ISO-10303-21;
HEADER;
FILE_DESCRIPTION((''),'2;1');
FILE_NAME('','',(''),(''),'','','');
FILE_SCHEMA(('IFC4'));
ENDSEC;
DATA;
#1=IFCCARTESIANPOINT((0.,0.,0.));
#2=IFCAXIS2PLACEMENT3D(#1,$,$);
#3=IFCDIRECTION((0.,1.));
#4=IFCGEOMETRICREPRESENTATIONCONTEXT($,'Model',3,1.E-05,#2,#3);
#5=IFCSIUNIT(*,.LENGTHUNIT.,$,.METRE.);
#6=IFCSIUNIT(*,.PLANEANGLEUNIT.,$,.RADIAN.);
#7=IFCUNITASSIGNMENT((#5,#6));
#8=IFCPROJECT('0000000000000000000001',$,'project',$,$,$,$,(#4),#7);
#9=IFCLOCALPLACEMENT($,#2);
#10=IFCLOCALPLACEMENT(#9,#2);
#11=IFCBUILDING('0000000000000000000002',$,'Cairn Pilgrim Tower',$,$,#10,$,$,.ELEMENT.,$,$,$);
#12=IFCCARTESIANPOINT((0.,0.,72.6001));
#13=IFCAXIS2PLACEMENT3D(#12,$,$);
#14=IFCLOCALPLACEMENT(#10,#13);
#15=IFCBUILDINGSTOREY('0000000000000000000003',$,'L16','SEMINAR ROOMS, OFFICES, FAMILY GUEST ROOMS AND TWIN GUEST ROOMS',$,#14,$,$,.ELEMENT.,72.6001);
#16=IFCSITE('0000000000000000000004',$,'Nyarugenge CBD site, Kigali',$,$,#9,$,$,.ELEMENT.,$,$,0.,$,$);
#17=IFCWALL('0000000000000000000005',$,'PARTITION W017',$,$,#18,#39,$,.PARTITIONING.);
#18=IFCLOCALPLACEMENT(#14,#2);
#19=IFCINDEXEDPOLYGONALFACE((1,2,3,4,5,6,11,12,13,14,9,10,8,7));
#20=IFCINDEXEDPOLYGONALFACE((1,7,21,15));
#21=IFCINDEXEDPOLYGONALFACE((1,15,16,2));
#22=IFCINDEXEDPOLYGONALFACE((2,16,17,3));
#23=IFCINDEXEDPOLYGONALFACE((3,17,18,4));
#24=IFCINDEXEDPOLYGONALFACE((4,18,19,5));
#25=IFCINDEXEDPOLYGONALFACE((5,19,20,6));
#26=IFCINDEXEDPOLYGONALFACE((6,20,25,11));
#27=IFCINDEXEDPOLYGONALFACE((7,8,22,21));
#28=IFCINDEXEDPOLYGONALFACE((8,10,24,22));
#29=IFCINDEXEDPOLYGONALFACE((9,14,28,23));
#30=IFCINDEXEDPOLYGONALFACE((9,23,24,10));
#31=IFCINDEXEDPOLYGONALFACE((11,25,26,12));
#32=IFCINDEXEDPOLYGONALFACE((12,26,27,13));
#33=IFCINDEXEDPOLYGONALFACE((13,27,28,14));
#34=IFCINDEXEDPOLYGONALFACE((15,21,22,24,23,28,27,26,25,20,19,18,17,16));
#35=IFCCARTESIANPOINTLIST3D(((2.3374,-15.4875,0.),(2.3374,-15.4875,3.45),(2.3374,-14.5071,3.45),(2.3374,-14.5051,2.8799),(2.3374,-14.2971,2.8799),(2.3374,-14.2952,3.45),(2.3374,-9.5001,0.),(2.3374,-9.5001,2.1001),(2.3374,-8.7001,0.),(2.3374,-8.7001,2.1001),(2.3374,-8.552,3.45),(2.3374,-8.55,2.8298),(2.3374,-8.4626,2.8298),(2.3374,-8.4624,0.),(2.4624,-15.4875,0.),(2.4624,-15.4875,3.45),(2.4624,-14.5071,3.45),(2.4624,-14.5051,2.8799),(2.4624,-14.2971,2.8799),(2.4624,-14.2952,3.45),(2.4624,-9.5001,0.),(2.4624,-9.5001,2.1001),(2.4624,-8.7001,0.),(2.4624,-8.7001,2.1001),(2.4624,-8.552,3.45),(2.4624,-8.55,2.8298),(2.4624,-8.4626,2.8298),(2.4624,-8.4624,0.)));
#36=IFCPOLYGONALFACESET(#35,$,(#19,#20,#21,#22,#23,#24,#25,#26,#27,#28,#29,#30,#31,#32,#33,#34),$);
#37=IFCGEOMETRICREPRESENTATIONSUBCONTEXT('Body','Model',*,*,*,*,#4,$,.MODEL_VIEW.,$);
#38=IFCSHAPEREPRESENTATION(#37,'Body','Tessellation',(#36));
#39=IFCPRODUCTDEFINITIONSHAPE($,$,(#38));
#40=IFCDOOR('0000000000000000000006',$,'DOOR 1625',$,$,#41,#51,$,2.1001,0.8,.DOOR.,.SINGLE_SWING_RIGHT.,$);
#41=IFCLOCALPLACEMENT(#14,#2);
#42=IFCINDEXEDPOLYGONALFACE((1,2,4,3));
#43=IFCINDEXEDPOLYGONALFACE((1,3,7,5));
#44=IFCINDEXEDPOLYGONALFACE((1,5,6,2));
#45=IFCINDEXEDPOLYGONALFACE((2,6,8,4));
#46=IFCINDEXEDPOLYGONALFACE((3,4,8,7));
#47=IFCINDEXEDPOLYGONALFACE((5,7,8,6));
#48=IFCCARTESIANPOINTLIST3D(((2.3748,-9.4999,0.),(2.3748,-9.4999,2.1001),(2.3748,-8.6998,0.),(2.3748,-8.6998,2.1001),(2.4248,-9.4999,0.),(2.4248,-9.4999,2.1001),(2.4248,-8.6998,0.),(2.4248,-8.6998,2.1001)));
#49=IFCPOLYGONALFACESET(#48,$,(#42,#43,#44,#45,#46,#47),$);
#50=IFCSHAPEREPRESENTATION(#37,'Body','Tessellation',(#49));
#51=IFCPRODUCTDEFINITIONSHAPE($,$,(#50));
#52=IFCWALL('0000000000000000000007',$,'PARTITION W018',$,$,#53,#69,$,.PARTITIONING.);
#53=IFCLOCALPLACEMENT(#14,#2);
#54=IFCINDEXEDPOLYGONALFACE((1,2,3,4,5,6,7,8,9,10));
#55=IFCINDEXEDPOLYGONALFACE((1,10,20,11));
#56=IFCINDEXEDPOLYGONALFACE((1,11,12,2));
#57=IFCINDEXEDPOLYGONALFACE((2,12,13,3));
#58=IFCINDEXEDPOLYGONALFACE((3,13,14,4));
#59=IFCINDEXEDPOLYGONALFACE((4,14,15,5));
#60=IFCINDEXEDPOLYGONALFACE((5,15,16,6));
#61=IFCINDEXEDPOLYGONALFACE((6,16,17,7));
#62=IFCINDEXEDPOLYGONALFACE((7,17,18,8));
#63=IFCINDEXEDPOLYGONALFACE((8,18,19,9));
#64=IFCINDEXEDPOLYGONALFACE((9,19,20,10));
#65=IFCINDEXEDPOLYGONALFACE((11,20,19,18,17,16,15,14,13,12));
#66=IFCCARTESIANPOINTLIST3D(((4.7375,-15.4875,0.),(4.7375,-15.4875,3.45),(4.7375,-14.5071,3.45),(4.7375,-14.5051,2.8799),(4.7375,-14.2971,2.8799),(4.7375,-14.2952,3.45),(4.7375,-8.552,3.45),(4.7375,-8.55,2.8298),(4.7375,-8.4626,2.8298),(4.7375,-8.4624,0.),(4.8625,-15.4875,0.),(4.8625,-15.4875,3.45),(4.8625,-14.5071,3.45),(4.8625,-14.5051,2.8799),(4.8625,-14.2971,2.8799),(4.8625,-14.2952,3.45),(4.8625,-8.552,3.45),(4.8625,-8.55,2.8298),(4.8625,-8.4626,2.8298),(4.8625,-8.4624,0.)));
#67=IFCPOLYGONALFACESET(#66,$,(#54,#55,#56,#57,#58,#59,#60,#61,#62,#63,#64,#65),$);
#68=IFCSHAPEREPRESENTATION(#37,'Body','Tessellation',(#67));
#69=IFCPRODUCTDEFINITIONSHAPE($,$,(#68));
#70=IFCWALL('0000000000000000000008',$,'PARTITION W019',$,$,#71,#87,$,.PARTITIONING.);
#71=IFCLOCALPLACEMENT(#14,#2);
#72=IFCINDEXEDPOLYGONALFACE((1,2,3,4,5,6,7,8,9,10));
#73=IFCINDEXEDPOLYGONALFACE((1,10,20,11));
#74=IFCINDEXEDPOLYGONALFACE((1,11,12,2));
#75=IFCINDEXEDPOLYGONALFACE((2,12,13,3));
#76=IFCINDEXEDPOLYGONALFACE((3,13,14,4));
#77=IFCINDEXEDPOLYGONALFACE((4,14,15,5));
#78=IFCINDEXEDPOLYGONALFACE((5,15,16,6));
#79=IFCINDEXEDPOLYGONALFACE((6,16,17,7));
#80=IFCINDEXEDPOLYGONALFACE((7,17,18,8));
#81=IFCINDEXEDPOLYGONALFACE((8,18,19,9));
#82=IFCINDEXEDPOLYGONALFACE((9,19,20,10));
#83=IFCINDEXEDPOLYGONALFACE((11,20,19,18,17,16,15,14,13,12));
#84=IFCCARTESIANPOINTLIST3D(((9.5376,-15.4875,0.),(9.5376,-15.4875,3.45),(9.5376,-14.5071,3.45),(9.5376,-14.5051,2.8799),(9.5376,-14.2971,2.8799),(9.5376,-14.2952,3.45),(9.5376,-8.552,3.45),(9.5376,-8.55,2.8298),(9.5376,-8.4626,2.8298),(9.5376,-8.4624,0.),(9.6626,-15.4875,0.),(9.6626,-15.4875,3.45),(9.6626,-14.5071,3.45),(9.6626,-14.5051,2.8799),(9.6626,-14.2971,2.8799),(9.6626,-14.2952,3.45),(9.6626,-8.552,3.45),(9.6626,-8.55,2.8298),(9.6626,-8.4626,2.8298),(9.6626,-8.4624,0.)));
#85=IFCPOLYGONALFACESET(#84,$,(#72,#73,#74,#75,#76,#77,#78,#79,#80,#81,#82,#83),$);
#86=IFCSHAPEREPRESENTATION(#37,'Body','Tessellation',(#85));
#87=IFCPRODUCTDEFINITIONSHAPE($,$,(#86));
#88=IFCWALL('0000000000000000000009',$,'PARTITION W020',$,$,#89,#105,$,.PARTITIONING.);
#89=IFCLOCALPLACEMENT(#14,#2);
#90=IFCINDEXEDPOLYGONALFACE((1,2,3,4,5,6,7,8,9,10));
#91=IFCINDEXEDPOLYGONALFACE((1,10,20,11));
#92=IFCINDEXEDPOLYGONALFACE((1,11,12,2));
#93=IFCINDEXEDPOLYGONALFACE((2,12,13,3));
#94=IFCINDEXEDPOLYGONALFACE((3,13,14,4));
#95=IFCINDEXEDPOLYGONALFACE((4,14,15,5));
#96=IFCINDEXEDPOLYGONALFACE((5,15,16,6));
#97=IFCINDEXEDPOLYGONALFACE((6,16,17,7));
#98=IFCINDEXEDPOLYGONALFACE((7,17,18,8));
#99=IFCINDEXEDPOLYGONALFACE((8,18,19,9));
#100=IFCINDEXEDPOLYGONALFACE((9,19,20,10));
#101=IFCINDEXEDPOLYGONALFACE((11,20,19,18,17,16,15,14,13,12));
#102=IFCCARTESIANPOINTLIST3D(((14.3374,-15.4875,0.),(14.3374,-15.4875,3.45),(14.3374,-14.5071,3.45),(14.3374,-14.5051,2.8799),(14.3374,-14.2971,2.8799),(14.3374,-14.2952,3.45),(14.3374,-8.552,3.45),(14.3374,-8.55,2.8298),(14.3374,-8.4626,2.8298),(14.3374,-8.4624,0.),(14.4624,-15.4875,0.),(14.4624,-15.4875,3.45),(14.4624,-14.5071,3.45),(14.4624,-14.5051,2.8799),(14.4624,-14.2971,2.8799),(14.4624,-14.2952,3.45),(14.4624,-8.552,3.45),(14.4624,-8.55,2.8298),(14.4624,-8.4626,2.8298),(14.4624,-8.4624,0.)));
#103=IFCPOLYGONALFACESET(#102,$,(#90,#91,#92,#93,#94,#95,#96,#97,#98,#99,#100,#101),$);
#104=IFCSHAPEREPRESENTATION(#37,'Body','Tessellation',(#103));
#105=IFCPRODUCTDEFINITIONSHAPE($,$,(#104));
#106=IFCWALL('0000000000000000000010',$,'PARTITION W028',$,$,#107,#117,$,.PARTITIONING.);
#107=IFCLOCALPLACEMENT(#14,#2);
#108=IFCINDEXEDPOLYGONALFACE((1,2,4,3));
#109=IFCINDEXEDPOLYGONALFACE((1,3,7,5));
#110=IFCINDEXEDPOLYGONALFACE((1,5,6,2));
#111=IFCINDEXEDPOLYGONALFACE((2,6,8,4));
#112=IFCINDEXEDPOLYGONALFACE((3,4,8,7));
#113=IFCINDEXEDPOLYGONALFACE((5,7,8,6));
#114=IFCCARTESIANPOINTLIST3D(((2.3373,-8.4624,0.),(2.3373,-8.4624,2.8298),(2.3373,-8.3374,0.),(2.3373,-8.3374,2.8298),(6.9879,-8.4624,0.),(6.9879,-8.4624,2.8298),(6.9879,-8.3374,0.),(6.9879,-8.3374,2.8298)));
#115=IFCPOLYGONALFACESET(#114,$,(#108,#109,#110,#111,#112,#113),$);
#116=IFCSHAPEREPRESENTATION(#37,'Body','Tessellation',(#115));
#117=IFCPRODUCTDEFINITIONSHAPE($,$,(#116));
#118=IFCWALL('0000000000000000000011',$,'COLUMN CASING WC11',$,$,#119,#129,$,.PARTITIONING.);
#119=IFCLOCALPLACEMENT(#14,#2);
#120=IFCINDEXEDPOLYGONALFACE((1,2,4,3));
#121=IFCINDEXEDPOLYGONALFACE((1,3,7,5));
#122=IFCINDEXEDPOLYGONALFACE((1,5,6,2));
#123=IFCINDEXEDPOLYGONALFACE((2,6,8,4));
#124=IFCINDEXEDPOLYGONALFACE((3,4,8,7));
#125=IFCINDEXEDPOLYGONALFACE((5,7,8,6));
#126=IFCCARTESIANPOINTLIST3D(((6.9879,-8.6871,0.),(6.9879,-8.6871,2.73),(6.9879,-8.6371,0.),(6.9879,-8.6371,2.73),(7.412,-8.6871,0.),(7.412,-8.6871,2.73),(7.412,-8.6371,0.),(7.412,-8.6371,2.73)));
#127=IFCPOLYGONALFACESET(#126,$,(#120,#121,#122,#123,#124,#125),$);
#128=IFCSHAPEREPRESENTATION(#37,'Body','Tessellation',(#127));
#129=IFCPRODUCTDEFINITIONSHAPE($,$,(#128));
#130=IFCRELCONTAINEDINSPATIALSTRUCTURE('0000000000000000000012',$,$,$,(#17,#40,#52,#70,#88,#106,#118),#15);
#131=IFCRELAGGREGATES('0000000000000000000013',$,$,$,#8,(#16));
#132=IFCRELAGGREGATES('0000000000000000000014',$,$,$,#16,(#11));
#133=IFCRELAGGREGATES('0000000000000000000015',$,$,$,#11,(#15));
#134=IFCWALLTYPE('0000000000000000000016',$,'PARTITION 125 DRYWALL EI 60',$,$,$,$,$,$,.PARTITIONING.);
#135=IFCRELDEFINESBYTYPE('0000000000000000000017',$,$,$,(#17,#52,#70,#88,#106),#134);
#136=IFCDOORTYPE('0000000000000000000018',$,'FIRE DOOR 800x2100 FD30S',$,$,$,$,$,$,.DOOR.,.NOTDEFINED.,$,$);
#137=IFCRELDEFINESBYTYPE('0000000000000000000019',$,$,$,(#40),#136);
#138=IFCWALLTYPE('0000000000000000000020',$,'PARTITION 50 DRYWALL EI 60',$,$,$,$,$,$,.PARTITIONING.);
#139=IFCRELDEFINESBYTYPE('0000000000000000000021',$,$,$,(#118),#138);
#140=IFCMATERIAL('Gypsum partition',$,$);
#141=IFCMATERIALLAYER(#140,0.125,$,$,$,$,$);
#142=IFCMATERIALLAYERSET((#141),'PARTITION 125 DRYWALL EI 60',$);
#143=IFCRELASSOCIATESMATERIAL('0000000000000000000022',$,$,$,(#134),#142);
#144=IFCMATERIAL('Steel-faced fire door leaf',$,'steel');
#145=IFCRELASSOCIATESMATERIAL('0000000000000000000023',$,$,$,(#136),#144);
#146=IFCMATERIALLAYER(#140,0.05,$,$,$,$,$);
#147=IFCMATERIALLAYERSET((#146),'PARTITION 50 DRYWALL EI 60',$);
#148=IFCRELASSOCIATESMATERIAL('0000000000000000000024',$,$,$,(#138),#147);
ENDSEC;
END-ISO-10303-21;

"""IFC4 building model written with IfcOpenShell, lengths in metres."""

from ifc_helpers import new_model, si_unit, direction, frame, frame_2d, origin, place, context, subcontext, project, spatial, polyline, rectangle, outline, extrude, material, layer, layer_set, type_object, element, fill, save


model = new_model("IFC4")

# Units and contexts
model_context = context("Model", 3, precision=1e-05, world=origin(), true_north=direction((0.0, 1.0)))
body_context = subcontext(model_context, "Body", "Model", "MODEL_VIEW")
ifc_project = project(units=[si_unit("LENGTHUNIT", "METRE"), si_unit("PLANEANGLEUNIT", "RADIAN")], contexts=[model_context])

# Site, building, storey
site_placement = place(None, origin())
site = spatial("IfcSite", under=ifc_project, at=site_placement, Name="Nyarugenge CBD site, Kigali", CompositionType="ELEMENT", RefElevation=0.0)
building_placement = place(site_placement, origin())
building = spatial("IfcBuilding", under=site, at=building_placement, Name="Cairn Pilgrim Tower", CompositionType="ELEMENT")
storey_placement = place(building_placement, frame((0.0, 0.0, 72.6001)))
storey = spatial("IfcBuildingStorey", under=building, at=storey_placement, Name="L16", Description="SEMINAR ROOMS, OFFICES, FAMILY GUEST ROOMS AND TWIN GUEST ROOMS", CompositionType="ELEMENT", Elevation=72.6001)

# Shared definitions
ifc_material_1 = material(Name="Gypsum partition")
ifc_layer_1 = layer(ifc_material_1, 0.125)
ifc_layer_set_1 = layer_set([ifc_layer_1], Name="PARTITION 125 DRYWALL EI 60")
wall_type_1 = type_object("IfcWallType", Name="PARTITION 125 DRYWALL EI 60", PredefinedType="PARTITIONING", material=ifc_layer_set_1)

# Wall, opening, door
ifc_material_2 = material(Name="Steel-faced fire door leaf", Category="steel")
door_type_1 = type_object("IfcDoorType", Name="FIRE DOOR 800x2100 FD30S", OperationType="NOTDEFINED", PredefinedType="DOOR", material=ifc_material_2)
wall_1_placement = place(storey_placement, frame((2.3999, -15.4875, 0.0), z_axis=(0.0, 0.0, 1.0), x_axis=(0.0, 1.0, 0.0)))
wall_1 = element("IfcWall", 1, at=wall_1_placement, inside=storey, type_object=wall_type_1, Name="PARTITION W017", PredefinedType="PARTITIONING", context=body_context, shape_type="SweptSolid", body=[
    extrude(outline(polyline([(0.0, 0.0), (7.0251, 0.0), (7.0249, 2.8298), (6.9375, 2.8298), (6.9355, 3.45), (1.1924, 3.45), (1.1904, 2.8799), (0.9824, 2.8799), (0.9805, 3.45), (0.0, 3.45), (0.0, 0.0)])), frame((0.0, 0.0625, 0.0), z_axis=(0.0, -1.0, 0.0), x_axis=(1.0, 0.0, 0.0)), (0.0, 0.0, 1.0), 0.125),
])
opening_1_placement = place(wall_1_placement, frame((5.9875, 0.0, 0.0)))
opening_1 = element("IfcOpeningElement", 2, at=opening_1_placement, cuts=wall_1, PredefinedType="OPENING", context=body_context, shape_type="SweptSolid", body=[
    extrude(rectangle(XDim=0.8, YDim=2.1001, at=frame_2d((0.3999, 1.05))), frame((0.0, 0.0725, 0.0), z_axis=(0.0, -1.0, 0.0), x_axis=(1.0, 0.0, 0.0)), (0.0, 0.0, 1.0), 0.145),
])
door_1_placement = place(opening_1_placement, frame((0.8, 0.0, 0.0), z_axis=(0.0, 0.0, 1.0), x_axis=(-1.0, 0.0, 0.0)))
door_1 = element("IfcDoor", 3, at=door_1_placement, inside=storey, type_object=door_type_1, Name="DOOR 1625", OperationType="SINGLE_SWING_RIGHT", OverallHeight=2.1001, OverallWidth=0.8, PredefinedType="DOOR", context=body_context, shape_type="SweptSolid", body=[
    extrude(rectangle(XDim=0.8, YDim=2.1001, at=frame_2d((0.3999, 1.05))), frame((0.0, 0.0249, 0.0), z_axis=(0.0, -1.0, 0.0), x_axis=(1.0, 0.0, 0.0)), (0.0, 0.0, 1.0), 0.05),
])
fill(opening_1, door_1)

# Walls
for number, where, z_axis, x_axis, name in (
    (4, (4.8, -15.4875, 0.0), (0.0, 0.0, 1.0), (0.0, 1.0, 0.0), "PARTITION W018"),
    (5, (9.6001, -15.4875, 0.0), (0.0, 0.0, 1.0), (0.0, 1.0, 0.0), "PARTITION W019"),
    (6, (14.3999, -15.4875, 0.0), (0.0, 0.0, 1.0), (0.0, 1.0, 0.0), "PARTITION W020"),
):
    element("IfcWall", number, at=place(storey_placement, frame(where, z_axis=z_axis, x_axis=x_axis)), inside=storey, type_object=wall_type_1, Name=name, PredefinedType="PARTITIONING", context=body_context, shape_type="SweptSolid", body=[
        extrude(outline(polyline([(0.0, 0.0), (7.0251, 0.0), (7.0249, 2.8298), (6.9375, 2.8298), (6.9355, 3.45), (1.1924, 3.45), (1.1904, 2.8799), (0.9824, 2.8799), (0.9805, 3.45), (0.0, 3.45), (0.0, 0.0)])), frame((0.0, 0.0625, 0.0), z_axis=(0.0, -1.0, 0.0), x_axis=(1.0, 0.0, 0.0)), (0.0, 0.0, 1.0), 0.125),
    ])
wall_2_placement = place(storey_placement, frame((2.3374, -8.3999, 0.0), z_axis=(0.0, 0.0, 1.0), x_axis=(1.0, 0.0, 0.0)))
element("IfcWall", 7, at=wall_2_placement, inside=storey, type_object=wall_type_1, Name="PARTITION W028", PredefinedType="PARTITIONING", context=body_context, shape_type="SweptSolid", body=[
    extrude(rectangle(XDim=4.6506, YDim=0.125, at=frame_2d((2.3252, 0.0))), origin(), (0.0, 0.0, 1.0), 2.8298),
])
ifc_layer_2 = layer(ifc_material_1, 0.05)
ifc_layer_set_2 = layer_set([ifc_layer_2], Name="PARTITION 50 DRYWALL EI 60")
wall_type_2 = type_object("IfcWallType", Name="PARTITION 50 DRYWALL EI 60", PredefinedType="PARTITIONING", material=ifc_layer_set_2)
wall_3_placement = place(storey_placement, frame((6.988, -8.6621, 0.0), z_axis=(0.0, 0.0, 1.0), x_axis=(1.0, 0.0, 0.0)))
element("IfcWall", 8, at=wall_3_placement, inside=storey, type_object=wall_type_2, Name="COLUMN CASING WC11", PredefinedType="PARTITIONING", context=body_context, shape_type="SweptSolid", body=[
    extrude(rectangle(XDim=0.4241, YDim=0.05, at=frame_2d((0.2119, 0.0))), origin(), (0.0, 0.0, 1.0), 2.73),
])

save(model, "model.ifc")
